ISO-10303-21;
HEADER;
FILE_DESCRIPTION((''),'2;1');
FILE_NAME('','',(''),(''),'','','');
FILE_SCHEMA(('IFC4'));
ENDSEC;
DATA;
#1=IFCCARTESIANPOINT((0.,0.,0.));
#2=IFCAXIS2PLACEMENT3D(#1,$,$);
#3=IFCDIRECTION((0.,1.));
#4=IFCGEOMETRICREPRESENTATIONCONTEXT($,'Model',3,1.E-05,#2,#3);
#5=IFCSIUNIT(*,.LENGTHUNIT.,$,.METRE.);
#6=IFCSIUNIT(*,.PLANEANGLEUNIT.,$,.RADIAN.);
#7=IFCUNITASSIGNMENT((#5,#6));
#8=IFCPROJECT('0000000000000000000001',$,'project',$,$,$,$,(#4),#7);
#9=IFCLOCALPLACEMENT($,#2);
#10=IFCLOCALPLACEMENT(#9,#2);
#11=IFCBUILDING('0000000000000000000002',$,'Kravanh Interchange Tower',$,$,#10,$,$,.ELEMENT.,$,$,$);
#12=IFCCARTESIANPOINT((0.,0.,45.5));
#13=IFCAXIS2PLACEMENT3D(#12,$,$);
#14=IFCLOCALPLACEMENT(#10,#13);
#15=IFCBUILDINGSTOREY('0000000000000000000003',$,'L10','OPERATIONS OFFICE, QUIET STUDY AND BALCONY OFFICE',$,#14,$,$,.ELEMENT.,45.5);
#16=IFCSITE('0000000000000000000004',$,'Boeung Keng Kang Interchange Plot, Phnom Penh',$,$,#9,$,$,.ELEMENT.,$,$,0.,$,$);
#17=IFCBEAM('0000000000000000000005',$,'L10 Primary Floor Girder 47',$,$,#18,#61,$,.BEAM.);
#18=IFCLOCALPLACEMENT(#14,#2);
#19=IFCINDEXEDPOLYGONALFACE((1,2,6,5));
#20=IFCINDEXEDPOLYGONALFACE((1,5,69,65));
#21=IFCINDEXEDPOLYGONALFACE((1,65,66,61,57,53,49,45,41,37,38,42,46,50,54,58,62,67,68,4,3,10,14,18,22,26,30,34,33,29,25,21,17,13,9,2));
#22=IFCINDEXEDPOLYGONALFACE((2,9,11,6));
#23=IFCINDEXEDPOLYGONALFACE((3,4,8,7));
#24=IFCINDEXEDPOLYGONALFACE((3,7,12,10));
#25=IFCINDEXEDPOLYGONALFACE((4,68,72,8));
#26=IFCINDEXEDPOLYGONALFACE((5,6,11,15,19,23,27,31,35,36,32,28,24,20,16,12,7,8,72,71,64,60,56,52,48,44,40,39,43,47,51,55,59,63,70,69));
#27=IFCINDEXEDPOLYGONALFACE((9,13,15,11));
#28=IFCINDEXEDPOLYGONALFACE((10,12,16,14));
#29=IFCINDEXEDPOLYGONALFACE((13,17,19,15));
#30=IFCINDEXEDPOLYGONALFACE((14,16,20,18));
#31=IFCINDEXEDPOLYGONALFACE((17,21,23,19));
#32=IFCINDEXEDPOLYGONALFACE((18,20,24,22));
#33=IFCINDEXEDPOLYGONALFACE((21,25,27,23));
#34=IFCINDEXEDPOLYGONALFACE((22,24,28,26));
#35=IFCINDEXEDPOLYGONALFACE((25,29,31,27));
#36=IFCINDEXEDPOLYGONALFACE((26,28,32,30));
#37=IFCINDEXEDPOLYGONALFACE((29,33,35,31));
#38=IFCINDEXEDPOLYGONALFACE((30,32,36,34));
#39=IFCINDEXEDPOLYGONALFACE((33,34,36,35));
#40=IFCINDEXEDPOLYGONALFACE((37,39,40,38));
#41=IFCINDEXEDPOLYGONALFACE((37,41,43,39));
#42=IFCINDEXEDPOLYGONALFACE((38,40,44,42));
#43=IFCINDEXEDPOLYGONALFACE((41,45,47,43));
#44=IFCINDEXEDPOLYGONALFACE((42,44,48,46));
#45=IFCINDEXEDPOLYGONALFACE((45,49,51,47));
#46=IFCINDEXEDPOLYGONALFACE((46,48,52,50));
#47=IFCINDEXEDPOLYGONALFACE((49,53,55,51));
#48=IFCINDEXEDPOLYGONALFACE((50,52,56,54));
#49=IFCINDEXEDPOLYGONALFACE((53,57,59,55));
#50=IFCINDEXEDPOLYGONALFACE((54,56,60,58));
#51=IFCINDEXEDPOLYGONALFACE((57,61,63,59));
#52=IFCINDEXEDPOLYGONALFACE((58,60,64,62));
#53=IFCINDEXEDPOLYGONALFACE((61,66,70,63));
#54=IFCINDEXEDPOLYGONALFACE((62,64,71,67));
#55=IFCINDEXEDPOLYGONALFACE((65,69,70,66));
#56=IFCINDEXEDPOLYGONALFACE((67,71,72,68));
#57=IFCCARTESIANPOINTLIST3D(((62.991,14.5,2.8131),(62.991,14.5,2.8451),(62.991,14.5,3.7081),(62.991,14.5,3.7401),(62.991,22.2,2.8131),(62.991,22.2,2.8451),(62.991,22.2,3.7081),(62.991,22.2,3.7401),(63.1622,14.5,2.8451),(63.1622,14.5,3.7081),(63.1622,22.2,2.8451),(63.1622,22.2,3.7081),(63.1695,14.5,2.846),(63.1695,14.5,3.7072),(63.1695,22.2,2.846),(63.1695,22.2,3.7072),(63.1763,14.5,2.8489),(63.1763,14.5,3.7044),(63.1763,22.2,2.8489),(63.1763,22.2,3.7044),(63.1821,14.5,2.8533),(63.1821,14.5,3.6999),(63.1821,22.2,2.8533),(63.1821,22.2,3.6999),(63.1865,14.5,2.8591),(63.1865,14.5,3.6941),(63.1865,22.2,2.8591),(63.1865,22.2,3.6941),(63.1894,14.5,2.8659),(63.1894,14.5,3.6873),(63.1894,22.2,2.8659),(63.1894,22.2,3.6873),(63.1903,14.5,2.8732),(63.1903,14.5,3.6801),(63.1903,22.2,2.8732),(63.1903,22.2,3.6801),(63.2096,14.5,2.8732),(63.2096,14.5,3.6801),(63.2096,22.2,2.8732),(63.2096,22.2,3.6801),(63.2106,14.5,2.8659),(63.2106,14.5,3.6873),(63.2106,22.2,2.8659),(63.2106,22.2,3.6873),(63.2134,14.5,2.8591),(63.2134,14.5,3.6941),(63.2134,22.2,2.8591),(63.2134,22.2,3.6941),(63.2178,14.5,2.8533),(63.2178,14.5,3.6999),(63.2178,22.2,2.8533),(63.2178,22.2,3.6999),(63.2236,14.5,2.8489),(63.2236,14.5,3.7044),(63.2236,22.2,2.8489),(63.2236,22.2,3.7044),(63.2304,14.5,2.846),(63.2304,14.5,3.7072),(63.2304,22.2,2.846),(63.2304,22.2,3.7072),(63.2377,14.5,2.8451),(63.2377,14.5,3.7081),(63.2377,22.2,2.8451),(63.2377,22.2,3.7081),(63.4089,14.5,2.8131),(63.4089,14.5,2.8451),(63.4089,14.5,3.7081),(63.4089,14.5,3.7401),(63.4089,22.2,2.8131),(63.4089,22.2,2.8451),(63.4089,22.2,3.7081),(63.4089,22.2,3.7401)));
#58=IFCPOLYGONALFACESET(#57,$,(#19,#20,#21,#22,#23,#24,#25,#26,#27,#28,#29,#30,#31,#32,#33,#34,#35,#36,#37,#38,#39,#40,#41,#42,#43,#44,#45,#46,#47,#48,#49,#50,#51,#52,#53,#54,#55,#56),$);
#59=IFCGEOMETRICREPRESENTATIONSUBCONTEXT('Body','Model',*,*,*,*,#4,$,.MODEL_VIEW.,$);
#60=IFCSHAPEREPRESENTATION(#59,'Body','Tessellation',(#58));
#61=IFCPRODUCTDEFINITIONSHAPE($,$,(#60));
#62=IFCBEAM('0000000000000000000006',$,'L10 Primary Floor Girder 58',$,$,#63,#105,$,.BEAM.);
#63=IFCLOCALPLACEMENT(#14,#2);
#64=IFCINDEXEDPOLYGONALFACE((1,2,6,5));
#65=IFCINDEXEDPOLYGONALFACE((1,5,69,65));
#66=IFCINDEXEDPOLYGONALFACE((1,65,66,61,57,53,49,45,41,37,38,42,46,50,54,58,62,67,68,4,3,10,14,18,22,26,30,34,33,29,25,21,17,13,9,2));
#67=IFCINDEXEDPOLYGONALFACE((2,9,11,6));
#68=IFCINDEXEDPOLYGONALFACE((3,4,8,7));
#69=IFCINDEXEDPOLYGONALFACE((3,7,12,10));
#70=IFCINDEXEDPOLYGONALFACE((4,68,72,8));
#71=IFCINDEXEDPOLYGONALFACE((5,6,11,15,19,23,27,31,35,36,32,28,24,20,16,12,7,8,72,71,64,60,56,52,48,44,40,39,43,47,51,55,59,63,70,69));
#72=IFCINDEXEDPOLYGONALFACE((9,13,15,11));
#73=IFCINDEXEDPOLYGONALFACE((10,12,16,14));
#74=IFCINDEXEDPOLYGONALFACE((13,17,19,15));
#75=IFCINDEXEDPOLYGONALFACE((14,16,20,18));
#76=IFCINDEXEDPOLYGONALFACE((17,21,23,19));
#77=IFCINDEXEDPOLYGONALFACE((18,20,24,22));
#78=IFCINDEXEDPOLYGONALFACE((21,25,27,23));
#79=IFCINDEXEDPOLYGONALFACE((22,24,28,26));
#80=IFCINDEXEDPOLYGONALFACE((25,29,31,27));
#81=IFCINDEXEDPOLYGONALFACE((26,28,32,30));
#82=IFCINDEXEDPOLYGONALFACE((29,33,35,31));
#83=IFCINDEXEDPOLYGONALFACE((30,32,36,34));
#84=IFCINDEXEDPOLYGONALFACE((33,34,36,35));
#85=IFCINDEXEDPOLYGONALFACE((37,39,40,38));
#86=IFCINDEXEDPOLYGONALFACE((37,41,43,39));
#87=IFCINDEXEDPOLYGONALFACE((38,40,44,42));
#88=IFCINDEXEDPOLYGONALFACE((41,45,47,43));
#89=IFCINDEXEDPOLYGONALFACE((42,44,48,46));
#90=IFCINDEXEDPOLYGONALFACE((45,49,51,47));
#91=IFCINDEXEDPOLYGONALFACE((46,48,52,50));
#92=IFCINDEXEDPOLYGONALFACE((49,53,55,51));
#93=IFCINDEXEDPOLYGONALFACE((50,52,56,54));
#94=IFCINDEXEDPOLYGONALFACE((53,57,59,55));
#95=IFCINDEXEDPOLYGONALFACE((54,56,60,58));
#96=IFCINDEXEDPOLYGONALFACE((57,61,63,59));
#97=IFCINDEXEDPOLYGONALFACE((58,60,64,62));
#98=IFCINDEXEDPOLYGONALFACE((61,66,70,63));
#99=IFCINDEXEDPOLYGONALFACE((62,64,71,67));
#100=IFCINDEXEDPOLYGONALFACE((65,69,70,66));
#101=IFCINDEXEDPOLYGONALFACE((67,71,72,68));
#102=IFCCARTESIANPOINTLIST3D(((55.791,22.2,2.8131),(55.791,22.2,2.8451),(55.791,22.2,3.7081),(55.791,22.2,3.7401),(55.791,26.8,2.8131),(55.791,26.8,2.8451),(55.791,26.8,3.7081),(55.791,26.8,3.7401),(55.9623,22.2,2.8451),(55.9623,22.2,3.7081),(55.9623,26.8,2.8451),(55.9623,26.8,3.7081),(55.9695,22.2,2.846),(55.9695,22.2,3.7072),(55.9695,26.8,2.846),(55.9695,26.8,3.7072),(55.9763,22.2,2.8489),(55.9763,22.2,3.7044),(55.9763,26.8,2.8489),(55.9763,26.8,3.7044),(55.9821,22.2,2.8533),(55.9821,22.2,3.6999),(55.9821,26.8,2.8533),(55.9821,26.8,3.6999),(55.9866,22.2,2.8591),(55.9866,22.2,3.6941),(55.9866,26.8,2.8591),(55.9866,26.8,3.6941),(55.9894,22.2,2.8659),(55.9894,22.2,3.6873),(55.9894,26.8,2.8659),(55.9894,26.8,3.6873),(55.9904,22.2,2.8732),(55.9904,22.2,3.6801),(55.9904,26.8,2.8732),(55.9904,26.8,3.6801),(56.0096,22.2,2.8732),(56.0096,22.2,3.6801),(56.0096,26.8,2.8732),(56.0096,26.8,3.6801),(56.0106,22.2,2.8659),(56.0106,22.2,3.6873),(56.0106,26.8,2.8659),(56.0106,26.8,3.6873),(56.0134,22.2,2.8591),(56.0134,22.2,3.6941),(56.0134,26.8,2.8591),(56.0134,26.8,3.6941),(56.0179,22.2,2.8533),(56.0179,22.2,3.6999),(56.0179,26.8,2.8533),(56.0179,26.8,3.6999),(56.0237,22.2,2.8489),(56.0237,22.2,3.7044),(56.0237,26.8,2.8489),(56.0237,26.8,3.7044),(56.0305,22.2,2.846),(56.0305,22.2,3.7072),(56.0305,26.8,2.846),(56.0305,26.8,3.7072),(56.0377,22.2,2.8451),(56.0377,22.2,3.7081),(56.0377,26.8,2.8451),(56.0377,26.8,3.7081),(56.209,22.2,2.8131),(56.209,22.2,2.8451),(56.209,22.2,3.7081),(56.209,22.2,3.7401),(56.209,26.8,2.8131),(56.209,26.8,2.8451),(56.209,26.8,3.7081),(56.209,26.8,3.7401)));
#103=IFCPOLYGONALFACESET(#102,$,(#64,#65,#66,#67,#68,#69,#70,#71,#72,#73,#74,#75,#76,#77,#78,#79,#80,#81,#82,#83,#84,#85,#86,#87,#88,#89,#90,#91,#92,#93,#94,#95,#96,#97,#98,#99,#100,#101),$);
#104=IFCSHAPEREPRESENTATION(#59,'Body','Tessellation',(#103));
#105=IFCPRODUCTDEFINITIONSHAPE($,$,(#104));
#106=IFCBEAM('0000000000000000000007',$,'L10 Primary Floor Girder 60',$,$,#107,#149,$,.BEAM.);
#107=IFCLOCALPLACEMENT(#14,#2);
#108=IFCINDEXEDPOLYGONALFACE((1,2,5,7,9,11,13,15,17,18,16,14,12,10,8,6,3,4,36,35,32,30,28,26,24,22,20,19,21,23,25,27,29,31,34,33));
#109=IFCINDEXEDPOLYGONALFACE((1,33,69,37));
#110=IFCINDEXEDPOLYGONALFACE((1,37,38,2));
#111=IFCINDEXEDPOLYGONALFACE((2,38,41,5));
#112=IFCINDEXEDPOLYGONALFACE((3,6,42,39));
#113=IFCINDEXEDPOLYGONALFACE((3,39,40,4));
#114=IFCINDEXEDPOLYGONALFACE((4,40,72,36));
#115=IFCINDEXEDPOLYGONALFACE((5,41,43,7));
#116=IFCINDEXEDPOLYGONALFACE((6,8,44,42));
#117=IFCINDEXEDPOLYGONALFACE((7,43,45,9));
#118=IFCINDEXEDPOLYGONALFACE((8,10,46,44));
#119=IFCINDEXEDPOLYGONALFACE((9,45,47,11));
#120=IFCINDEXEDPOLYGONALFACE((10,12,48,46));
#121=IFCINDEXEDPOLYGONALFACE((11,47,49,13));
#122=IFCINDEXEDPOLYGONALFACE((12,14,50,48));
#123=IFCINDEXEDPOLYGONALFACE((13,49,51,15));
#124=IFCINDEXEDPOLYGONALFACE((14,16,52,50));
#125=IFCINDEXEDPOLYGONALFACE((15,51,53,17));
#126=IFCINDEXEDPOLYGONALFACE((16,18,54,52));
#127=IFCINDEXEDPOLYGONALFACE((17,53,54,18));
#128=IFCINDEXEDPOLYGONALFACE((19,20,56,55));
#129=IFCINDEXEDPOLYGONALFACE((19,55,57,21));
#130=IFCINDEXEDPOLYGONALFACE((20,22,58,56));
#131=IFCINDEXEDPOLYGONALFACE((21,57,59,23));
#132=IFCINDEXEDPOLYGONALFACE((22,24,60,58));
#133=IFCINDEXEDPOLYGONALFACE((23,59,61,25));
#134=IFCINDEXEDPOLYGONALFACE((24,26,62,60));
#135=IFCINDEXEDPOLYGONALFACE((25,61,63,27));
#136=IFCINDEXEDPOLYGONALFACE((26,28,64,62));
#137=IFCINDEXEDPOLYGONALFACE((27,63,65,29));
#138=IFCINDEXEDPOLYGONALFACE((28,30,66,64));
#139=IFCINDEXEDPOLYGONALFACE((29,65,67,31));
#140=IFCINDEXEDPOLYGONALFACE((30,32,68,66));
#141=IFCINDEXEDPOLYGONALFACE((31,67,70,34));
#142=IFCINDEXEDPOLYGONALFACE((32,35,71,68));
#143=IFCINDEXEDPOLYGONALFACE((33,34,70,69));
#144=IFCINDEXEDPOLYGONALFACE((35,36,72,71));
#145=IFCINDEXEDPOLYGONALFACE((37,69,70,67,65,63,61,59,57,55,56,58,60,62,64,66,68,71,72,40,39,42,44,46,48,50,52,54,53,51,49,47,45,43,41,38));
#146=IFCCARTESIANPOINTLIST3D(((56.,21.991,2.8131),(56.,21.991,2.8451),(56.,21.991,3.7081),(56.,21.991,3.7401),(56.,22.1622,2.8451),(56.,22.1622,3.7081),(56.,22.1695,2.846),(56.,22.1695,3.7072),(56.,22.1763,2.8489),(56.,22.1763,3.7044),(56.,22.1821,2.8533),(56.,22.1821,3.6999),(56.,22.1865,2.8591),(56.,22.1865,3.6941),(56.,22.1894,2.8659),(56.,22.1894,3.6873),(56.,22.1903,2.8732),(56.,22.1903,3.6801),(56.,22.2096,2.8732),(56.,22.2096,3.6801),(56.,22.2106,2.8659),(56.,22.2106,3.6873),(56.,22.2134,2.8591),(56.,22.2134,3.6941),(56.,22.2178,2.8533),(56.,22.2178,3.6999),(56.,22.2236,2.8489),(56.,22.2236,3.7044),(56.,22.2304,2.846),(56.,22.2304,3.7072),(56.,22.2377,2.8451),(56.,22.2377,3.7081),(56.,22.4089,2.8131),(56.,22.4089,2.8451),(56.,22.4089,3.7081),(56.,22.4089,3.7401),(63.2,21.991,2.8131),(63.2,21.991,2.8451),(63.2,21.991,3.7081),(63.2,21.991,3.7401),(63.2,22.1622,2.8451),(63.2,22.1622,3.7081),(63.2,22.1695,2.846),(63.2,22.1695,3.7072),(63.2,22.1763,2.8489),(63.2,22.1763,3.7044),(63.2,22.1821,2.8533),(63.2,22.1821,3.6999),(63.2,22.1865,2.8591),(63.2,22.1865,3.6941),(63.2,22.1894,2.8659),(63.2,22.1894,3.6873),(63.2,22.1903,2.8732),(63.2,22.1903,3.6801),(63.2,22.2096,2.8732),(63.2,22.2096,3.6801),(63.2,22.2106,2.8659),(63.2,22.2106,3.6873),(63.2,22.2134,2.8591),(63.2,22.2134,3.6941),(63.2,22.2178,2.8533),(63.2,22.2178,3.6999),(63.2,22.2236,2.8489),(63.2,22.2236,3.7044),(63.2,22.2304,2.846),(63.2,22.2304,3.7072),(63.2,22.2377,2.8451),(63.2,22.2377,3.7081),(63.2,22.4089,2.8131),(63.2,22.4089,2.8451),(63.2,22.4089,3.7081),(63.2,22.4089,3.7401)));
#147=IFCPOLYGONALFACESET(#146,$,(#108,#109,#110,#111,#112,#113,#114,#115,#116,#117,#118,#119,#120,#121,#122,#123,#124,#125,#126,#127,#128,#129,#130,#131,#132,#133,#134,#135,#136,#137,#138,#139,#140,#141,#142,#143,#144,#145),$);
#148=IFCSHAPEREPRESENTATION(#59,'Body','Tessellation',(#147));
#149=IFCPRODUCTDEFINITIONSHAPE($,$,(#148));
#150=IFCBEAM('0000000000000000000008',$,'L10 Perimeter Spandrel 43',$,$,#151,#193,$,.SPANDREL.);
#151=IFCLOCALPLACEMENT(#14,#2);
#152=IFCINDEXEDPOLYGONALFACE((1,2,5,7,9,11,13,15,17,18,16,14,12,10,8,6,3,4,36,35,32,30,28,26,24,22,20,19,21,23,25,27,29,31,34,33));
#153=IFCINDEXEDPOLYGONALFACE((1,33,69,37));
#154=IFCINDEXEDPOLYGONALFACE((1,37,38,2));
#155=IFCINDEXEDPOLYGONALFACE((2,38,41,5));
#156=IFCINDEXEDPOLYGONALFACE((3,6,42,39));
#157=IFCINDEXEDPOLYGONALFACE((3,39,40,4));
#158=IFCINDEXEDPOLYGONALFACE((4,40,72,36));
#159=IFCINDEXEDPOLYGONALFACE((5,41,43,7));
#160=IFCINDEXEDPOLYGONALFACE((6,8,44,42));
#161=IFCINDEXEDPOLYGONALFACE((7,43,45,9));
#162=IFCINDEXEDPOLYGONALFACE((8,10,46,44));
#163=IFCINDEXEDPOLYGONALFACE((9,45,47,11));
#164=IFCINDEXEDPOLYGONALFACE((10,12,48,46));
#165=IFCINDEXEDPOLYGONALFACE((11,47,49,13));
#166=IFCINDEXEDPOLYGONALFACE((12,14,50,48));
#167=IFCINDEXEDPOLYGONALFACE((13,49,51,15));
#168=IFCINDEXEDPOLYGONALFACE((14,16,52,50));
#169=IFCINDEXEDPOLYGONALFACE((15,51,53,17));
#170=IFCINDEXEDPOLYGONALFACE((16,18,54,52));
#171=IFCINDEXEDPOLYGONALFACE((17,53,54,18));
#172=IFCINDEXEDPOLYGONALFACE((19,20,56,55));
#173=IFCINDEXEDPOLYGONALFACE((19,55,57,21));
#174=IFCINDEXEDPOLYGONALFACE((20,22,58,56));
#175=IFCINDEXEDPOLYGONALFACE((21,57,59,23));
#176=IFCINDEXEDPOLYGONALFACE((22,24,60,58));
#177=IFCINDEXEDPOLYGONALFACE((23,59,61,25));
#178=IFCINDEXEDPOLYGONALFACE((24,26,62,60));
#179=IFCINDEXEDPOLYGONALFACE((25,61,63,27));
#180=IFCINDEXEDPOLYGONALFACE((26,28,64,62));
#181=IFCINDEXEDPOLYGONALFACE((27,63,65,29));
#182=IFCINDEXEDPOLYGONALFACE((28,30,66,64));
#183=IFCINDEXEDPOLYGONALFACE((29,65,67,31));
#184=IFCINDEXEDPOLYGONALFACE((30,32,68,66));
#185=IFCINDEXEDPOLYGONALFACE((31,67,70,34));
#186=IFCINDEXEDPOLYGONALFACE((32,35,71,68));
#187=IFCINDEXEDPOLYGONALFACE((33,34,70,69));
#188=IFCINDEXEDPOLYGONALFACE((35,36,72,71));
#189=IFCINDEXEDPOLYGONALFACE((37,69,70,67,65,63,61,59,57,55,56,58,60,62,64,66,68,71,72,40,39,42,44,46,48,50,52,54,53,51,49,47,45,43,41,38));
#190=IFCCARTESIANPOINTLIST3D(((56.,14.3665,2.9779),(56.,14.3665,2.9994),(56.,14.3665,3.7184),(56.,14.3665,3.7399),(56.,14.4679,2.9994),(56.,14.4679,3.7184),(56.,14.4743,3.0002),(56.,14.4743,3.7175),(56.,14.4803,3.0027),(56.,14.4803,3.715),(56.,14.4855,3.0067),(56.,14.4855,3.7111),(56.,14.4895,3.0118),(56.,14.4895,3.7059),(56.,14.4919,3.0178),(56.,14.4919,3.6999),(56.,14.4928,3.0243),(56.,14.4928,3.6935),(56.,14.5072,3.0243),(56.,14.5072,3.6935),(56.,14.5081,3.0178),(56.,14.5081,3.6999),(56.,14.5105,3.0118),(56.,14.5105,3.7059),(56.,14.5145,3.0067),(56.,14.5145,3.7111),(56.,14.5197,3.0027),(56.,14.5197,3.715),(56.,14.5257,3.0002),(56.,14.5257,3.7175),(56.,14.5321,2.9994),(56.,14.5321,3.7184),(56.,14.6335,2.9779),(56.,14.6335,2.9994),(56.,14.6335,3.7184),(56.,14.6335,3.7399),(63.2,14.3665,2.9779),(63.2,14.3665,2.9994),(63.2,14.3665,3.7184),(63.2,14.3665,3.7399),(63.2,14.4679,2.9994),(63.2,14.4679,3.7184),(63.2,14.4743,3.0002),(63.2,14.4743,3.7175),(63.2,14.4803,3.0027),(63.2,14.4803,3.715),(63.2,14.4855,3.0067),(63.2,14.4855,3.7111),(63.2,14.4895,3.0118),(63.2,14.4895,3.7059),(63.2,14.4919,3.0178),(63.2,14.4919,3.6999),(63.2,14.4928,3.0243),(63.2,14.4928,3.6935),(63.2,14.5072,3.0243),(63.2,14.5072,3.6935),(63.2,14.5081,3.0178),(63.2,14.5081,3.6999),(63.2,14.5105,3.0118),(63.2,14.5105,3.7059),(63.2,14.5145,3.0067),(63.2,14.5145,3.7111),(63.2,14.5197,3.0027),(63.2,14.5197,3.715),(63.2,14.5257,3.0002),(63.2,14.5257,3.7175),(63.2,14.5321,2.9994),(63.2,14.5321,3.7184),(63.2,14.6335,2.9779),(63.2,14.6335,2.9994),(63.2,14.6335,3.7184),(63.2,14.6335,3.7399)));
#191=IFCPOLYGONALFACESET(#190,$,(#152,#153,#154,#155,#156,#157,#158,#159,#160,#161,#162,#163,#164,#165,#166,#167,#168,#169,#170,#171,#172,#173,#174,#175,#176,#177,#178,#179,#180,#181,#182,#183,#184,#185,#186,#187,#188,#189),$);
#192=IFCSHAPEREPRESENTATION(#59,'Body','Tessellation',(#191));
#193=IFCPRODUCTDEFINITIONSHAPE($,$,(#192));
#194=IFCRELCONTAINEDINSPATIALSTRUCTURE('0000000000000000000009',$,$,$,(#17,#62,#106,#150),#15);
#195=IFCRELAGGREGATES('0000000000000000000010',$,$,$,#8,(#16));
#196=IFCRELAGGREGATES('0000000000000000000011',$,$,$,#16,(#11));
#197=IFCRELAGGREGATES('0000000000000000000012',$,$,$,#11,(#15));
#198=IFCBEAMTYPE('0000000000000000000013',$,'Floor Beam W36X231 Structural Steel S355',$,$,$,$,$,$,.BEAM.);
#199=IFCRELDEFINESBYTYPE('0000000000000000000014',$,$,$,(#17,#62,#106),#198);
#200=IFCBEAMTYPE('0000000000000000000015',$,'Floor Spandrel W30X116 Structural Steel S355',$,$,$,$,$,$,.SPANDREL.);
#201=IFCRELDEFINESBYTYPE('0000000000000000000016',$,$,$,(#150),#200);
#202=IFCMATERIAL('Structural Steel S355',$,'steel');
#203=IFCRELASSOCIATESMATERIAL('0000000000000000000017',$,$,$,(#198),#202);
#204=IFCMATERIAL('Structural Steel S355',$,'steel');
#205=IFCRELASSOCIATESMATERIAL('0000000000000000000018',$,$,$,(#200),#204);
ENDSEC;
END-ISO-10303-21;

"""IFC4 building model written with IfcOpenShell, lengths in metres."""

from ifc_helpers import new_model, si_unit, direction, frame, origin, origin_2d, place, context, subcontext, project, spatial, i_section, extrude, material, material_profile, profile_set, type_object, element, save


model = new_model("IFC4")

# Units and contexts
model_context = context("Model", 3, precision=1e-05, world=origin(), true_north=direction((0.0, 1.0)))
body_context = subcontext(model_context, "Body", "Model", "MODEL_VIEW")
ifc_project = project(units=[si_unit("LENGTHUNIT", "METRE"), si_unit("PLANEANGLEUNIT", "RADIAN")], contexts=[model_context])

# Site, building, storey
site_placement = place(None, origin())
site = spatial("IfcSite", under=ifc_project, at=site_placement, Name="Boeung Keng Kang Interchange Plot, Phnom Penh", CompositionType="ELEMENT", RefElevation=0.0)
building_placement = place(site_placement, origin())
building = spatial("IfcBuilding", under=site, at=building_placement, Name="Kravanh Interchange Tower", CompositionType="ELEMENT")
storey_placement = place(building_placement, frame((0.0, 0.0, 45.5)))
storey = spatial("IfcBuildingStorey", under=building, at=storey_placement, Name="L10", Description="OPERATIONS OFFICE, QUIET STUDY AND BALCONY OFFICE", CompositionType="ELEMENT", Elevation=45.5)

# Beams
ifc_material_1 = material(Name="Structural Steel S355", Category="steel")
ifc_material_profile_1 = material_profile(ifc_material_1, i_section(OverallWidth=0.418, OverallDepth=0.927, WebThickness=0.0193, FlangeThickness=0.032, FilletRadius=0.0281, at=origin_2d()), Name="W36X231")
ifc_profile_set_1 = profile_set([ifc_material_profile_1], Name="Structural Steel S355")
beam_type_1 = type_object("IfcBeamType", Name="Floor Beam W36X231 Structural Steel S355", PredefinedType="BEAM", material=ifc_profile_set_1)
for number, where, z_axis, x_axis, name in (
    (1, (63.2, 14.5, 3.2766), (0.0, 1.0, 0.0), (-1.0, 0.0, 0.0), "L10 Primary Floor Girder 47"),
):
    element("IfcBeam", number, at=place(storey_placement, frame(where, z_axis=z_axis, x_axis=x_axis)), inside=storey, type_object=beam_type_1, Name=name, PredefinedType="BEAM", context=body_context, shape_type="SweptSolid", body=[
        extrude(i_section(OverallWidth=0.418, OverallDepth=0.927, WebThickness=0.0193, FlangeThickness=0.032, FilletRadius=0.0281, at=origin_2d()), origin(), (0.0, 0.0, 1.0), 7.7),
    ])
beam_1_placement = place(storey_placement, frame((56.0, 22.2, 3.2766), z_axis=(0.0, 1.0, 0.0), x_axis=(-1.0, 0.0, 0.0)))
element("IfcBeam", 2, at=beam_1_placement, inside=storey, type_object=beam_type_1, Name="L10 Primary Floor Girder 58", PredefinedType="BEAM", context=body_context, shape_type="SweptSolid", body=[
    extrude(i_section(OverallWidth=0.418, OverallDepth=0.927, WebThickness=0.0193, FlangeThickness=0.032, FilletRadius=0.0281, at=origin_2d()), origin(), (0.0, 0.0, 1.0), 4.6001),
])
beam_2_placement = place(storey_placement, frame((56.0, 22.2, 3.2766), z_axis=(1.0, 0.0, 0.0), x_axis=(0.0, 1.0, 0.0)))
element("IfcBeam", 3, at=beam_2_placement, inside=storey, type_object=beam_type_1, Name="L10 Primary Floor Girder 60", PredefinedType="BEAM", context=body_context, shape_type="SweptSolid", body=[
    extrude(i_section(OverallWidth=0.418, OverallDepth=0.927, WebThickness=0.0193, FlangeThickness=0.032, FilletRadius=0.0281, at=origin_2d()), origin(), (0.0, 0.0, 1.0), 7.2),
])
ifc_material_2 = material(Name="Structural Steel S355", Category="steel")
ifc_material_profile_2 = material_profile(ifc_material_2, i_section(OverallWidth=0.2671, OverallDepth=0.762, WebThickness=0.0144, FlangeThickness=0.0215, FilletRadius=0.0249, at=origin_2d()), Name="W30X116")
ifc_profile_set_2 = profile_set([ifc_material_profile_2], Name="Structural Steel S355")
beam_type_2 = type_object("IfcBeamType", Name="Floor Spandrel W30X116 Structural Steel S355", PredefinedType="SPANDREL", material=ifc_profile_set_2)
beam_3_placement = place(storey_placement, frame((56.0, 14.5, 3.3589), z_axis=(1.0, 0.0, 0.0), x_axis=(0.0, 1.0, 0.0)))
element("IfcBeam", 4, at=beam_3_placement, inside=storey, type_object=beam_type_2, Name="L10 Perimeter Spandrel 43", PredefinedType="SPANDREL", context=body_context, shape_type="SweptSolid", body=[
    extrude(i_section(OverallWidth=0.2671, OverallDepth=0.762, WebThickness=0.0144, FlangeThickness=0.0215, FilletRadius=0.0249, at=origin_2d()), origin(), (0.0, 0.0, 1.0), 7.2),
])

save(model, "model.ifc")
